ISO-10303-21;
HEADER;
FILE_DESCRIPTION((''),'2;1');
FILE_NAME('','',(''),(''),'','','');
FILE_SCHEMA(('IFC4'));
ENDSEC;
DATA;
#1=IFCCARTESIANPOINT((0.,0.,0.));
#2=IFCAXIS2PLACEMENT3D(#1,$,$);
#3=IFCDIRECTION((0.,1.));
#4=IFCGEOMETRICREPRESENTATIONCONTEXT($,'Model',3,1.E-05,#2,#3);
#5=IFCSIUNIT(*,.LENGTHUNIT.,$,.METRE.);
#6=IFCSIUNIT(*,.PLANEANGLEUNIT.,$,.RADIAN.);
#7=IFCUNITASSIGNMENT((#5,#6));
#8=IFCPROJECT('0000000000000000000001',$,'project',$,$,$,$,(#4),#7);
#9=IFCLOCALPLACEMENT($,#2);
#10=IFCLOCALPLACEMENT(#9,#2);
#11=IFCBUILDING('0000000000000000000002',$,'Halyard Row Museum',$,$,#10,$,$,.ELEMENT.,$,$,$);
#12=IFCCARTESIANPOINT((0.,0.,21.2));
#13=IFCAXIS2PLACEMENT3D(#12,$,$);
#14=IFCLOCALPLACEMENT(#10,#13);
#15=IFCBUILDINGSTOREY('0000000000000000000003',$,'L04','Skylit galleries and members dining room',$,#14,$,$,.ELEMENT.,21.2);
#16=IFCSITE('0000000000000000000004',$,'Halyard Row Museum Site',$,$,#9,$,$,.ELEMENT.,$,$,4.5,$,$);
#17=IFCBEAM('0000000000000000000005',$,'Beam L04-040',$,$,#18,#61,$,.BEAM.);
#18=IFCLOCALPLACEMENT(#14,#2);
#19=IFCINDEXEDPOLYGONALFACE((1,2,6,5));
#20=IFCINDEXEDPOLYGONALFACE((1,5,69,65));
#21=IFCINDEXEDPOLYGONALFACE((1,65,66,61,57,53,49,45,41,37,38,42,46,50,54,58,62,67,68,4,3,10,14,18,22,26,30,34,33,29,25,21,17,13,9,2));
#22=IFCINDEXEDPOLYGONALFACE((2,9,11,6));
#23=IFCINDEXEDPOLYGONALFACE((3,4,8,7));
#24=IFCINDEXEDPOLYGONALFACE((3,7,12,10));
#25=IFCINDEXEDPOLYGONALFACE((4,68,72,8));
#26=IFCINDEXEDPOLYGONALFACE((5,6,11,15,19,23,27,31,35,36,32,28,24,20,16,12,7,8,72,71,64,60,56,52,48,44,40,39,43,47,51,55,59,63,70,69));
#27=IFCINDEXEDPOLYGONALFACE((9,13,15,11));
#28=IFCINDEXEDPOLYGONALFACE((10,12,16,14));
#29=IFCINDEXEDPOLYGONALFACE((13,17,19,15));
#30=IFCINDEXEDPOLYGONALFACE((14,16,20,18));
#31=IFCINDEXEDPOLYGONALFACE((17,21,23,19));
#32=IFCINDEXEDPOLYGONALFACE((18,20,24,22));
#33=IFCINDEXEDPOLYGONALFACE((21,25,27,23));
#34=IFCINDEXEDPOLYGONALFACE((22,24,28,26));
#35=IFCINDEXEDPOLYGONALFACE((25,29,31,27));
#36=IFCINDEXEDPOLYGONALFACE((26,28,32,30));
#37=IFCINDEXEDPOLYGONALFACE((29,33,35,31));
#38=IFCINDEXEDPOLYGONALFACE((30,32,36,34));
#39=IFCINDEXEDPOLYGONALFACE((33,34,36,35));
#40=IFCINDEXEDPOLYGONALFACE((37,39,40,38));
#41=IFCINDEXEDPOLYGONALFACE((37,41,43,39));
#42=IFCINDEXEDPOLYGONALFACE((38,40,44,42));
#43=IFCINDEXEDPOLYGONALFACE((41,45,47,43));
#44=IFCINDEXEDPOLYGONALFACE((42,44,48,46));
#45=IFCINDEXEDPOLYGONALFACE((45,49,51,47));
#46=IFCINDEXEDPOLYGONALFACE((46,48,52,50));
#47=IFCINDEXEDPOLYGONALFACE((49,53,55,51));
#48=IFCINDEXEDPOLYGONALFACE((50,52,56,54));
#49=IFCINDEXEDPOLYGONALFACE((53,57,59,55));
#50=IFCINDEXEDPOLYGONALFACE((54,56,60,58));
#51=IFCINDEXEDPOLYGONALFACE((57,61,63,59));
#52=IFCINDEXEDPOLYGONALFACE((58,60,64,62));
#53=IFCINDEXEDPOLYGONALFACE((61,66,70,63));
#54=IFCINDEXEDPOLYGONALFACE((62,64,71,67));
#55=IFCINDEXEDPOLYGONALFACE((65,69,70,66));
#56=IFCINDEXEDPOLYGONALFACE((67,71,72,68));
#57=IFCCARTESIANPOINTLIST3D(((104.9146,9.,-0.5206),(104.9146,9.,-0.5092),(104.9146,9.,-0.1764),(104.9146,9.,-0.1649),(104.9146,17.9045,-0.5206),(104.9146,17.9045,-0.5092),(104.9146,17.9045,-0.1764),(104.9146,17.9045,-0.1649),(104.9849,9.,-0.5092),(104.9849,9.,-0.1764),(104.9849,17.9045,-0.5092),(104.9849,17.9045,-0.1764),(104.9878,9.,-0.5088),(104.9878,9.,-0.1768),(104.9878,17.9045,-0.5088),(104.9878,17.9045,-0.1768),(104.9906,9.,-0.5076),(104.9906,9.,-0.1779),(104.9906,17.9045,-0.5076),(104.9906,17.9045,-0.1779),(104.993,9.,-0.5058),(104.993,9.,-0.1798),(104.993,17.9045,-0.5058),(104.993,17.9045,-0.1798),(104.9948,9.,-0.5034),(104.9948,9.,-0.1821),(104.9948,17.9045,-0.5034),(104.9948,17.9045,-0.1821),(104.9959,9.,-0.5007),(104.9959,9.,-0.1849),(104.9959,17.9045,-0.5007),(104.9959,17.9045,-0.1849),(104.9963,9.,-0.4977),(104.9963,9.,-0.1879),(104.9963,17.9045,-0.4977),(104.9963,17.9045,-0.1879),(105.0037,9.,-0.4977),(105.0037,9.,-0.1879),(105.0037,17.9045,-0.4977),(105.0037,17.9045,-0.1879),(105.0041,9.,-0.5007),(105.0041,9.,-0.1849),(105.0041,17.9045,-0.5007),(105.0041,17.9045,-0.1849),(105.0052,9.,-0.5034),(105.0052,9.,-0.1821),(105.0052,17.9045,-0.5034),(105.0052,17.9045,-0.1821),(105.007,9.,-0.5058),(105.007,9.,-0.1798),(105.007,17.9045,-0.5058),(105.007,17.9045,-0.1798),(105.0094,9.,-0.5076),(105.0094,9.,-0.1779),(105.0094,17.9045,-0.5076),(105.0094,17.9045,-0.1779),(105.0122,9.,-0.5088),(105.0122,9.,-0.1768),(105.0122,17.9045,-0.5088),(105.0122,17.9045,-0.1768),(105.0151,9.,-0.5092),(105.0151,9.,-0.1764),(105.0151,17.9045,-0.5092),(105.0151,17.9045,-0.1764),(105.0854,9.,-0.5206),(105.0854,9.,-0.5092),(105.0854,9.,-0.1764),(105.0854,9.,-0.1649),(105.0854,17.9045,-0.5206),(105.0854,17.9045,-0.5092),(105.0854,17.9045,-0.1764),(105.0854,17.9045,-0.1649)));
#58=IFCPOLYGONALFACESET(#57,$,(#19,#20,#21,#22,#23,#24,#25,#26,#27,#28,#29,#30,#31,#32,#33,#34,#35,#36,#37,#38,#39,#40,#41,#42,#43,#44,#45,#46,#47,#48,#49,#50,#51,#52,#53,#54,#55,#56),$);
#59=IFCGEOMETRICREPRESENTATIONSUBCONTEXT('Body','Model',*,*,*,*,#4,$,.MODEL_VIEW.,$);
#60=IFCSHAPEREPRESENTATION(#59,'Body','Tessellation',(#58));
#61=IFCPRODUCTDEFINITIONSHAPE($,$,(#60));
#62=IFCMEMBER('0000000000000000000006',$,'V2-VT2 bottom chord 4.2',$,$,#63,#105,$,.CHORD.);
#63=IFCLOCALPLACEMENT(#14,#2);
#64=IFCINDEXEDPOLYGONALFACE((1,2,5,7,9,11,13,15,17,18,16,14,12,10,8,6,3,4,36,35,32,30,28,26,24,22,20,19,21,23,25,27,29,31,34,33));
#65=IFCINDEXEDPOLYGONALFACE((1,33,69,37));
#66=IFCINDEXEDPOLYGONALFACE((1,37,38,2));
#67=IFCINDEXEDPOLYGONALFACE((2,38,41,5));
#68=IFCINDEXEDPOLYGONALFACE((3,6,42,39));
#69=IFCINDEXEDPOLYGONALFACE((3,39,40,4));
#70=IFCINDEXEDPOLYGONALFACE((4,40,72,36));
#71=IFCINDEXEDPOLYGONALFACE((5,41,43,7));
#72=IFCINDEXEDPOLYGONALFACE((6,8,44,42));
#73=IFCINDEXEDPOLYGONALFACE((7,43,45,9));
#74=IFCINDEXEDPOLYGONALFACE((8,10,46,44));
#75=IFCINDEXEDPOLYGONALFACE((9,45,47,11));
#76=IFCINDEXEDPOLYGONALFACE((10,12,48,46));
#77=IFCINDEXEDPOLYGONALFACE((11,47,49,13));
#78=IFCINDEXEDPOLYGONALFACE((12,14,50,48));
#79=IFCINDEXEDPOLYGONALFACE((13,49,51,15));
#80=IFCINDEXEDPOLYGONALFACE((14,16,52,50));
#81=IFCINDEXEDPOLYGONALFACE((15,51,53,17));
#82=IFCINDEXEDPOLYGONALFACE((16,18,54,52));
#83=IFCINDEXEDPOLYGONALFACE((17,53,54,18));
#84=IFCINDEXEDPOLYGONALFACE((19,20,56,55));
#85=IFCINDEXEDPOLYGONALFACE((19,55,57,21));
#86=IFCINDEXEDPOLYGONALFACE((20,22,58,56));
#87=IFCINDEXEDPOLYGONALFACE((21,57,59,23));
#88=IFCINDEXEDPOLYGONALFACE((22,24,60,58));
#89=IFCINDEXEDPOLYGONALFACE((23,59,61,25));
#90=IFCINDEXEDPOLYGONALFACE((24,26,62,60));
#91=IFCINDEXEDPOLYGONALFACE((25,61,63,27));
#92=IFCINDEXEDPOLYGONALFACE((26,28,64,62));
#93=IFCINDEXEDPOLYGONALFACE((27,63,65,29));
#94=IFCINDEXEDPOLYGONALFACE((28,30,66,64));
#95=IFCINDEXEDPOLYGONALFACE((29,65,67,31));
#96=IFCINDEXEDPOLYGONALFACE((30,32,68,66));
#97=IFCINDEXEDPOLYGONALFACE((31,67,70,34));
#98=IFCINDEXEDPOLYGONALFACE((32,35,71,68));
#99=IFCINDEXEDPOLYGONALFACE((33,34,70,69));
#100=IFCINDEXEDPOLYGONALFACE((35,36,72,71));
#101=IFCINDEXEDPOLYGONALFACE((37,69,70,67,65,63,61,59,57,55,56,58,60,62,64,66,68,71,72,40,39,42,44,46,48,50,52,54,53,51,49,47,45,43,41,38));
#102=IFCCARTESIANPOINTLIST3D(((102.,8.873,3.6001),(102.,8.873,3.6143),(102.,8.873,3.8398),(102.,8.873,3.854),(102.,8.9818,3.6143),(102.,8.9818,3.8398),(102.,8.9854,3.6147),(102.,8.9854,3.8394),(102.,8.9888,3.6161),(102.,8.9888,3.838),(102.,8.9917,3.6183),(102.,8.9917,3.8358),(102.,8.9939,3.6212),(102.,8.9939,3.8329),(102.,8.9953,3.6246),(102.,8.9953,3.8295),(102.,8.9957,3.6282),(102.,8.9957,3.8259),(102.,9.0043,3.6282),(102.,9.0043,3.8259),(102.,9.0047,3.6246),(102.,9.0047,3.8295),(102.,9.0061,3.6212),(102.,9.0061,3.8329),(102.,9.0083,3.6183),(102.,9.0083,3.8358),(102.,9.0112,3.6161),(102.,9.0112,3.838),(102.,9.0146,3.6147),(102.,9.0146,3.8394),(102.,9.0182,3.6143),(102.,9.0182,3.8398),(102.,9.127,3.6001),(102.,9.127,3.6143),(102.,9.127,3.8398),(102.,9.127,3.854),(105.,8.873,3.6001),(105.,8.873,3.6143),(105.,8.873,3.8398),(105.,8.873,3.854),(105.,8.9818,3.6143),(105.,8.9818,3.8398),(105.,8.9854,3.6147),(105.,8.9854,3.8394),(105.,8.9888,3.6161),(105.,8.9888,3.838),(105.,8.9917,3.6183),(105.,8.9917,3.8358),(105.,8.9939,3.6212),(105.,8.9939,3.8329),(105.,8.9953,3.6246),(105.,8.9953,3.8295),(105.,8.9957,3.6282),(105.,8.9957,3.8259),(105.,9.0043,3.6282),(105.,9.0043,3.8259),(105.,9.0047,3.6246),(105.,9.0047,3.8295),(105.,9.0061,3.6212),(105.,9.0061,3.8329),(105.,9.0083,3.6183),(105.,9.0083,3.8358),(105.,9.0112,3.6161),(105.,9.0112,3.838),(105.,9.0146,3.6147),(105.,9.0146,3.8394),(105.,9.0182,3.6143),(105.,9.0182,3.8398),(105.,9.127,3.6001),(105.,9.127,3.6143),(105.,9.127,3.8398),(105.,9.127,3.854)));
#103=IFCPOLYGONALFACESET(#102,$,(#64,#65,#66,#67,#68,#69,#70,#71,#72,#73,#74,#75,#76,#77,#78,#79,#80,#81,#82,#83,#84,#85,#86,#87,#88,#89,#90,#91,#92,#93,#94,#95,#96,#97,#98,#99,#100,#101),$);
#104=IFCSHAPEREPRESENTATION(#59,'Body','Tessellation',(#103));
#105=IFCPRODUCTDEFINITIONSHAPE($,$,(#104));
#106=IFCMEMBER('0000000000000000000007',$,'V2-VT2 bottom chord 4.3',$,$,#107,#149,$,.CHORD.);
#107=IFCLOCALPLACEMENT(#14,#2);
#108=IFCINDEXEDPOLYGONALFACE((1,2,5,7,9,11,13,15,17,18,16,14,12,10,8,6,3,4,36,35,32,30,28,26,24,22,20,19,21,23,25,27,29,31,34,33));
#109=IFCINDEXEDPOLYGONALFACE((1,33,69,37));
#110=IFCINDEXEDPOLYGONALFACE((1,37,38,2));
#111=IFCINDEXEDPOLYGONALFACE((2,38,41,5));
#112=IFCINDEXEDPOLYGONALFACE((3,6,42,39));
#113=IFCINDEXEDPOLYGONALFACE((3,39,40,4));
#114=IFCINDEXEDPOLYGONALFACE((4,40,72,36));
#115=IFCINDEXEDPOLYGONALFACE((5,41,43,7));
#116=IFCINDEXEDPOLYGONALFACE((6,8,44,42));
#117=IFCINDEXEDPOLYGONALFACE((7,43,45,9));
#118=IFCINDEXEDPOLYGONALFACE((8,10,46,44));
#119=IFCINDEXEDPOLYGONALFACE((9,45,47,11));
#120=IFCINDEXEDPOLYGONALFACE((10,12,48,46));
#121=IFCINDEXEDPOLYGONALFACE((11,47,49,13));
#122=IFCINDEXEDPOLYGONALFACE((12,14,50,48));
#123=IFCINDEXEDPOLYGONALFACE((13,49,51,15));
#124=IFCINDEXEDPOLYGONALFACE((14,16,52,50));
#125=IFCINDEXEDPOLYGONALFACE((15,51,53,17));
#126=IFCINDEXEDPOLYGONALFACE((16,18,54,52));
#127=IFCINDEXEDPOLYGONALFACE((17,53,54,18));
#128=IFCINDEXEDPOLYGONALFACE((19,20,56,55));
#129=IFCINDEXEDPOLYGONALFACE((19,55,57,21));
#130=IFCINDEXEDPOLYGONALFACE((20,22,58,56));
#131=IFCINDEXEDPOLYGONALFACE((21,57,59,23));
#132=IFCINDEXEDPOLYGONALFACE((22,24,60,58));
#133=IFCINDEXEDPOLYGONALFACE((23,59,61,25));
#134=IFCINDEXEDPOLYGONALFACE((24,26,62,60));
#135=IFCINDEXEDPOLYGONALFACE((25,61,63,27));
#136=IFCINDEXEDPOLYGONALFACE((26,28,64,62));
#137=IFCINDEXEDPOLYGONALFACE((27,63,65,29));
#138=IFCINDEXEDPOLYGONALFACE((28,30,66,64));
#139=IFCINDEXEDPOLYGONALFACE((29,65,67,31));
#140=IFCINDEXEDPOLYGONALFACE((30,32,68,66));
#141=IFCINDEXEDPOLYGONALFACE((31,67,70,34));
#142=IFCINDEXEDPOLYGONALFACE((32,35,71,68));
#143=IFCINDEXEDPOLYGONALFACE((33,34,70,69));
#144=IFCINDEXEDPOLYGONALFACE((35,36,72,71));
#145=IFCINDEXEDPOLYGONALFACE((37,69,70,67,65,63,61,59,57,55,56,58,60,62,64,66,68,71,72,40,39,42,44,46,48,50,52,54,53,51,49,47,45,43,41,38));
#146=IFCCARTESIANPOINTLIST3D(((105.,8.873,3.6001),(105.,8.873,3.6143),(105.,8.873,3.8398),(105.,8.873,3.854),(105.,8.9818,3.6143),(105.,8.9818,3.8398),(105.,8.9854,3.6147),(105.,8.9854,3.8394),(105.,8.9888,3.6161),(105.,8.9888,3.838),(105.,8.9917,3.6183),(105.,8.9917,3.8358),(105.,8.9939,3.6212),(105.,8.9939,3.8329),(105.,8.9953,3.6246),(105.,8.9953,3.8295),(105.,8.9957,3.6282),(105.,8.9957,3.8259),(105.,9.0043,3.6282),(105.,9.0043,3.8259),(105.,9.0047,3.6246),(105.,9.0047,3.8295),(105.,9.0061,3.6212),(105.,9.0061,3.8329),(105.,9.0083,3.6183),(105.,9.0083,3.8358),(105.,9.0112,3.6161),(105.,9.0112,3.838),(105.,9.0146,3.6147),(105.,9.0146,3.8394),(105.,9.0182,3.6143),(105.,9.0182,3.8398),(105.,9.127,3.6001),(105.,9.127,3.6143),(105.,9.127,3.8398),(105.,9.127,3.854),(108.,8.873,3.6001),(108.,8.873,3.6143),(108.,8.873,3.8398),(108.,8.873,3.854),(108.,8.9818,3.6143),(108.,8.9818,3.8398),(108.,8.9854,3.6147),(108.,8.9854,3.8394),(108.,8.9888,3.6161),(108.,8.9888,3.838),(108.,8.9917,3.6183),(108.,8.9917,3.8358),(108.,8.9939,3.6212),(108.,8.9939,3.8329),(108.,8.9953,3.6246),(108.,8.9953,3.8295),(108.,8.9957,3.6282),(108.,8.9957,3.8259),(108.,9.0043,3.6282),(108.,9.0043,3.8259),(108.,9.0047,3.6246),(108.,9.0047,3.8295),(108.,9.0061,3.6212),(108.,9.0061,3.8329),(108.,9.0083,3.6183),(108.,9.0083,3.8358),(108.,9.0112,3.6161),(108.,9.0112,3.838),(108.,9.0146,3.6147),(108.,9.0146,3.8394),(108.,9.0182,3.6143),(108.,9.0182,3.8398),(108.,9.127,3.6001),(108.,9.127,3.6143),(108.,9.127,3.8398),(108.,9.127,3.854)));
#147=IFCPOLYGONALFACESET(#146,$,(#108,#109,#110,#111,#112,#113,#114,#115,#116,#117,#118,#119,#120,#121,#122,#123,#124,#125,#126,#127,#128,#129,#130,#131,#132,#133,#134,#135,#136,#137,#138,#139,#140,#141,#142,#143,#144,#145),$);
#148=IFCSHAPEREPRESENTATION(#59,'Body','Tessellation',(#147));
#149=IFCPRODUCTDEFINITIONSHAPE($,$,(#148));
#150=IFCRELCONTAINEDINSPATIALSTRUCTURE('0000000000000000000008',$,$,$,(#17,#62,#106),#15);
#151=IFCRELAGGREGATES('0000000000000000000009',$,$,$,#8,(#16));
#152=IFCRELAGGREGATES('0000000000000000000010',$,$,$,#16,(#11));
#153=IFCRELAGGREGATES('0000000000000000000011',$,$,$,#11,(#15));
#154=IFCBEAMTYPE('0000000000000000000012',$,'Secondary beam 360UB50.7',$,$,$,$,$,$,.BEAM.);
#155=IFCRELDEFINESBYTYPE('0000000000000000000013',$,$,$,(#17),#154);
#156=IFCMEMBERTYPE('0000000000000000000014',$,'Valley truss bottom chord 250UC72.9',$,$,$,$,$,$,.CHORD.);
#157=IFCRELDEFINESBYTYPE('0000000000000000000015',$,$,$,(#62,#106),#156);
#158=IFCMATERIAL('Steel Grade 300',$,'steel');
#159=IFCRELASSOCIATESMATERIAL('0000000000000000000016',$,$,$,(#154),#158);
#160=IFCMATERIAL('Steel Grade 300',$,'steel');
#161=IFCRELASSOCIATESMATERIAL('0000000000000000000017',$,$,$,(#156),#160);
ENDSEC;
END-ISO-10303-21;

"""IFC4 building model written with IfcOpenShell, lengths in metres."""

from ifc_helpers import new_model, si_unit, direction, frame, origin, origin_2d, place, context, subcontext, project, spatial, i_section, extrude, material, material_profile, profile_set, type_object, element, save


model = new_model("IFC4")

# Units and contexts
model_context = context("Model", 3, precision=1e-05, world=origin(), true_north=direction((0.0, 1.0)))
body_context = subcontext(model_context, "Body", "Model", "MODEL_VIEW")
ifc_project = project(units=[si_unit("LENGTHUNIT", "METRE"), si_unit("PLANEANGLEUNIT", "RADIAN")], contexts=[model_context])

# Site, building, storey
site_placement = place(None, origin())
site = spatial("IfcSite", under=ifc_project, at=site_placement, Name="Halyard Row Museum Site", CompositionType="ELEMENT", RefElevation=4.5)
building_placement = place(site_placement, origin())
building = spatial("IfcBuilding", under=site, at=building_placement, Name="Halyard Row Museum", CompositionType="ELEMENT")
storey_placement = place(building_placement, frame((0.0, 0.0, 21.2)))
storey = spatial("IfcBuildingStorey", under=building, at=storey_placement, Name="L04", Description="Skylit galleries and members dining room", CompositionType="ELEMENT", Elevation=21.2)

# Beam
ifc_material_1 = material(Name="Steel Grade 300", Category="steel")
ifc_material_profile_1 = material_profile(ifc_material_1, i_section(OverallWidth=0.1709, OverallDepth=0.3557, WebThickness=0.0073, FlangeThickness=0.0115, FilletRadius=0.0115, at=origin_2d()), Name="360UB50.7")
ifc_profile_set_1 = profile_set([ifc_material_profile_1], Name="Steel Grade 300")
beam_type_1 = type_object("IfcBeamType", Name="Secondary beam 360UB50.7", PredefinedType="BEAM", material=ifc_profile_set_1)
beam_1_placement = place(storey_placement, frame((105.0, 9.0, -0.3428), z_axis=(0.0, 1.0, 0.0), x_axis=(-1.0, 0.0, 0.0)))
element("IfcBeam", 1, at=beam_1_placement, inside=storey, type_object=beam_type_1, Name="Beam L04-040", PredefinedType="BEAM", context=body_context, shape_type="SweptSolid", body=[
    extrude(i_section(OverallWidth=0.1709, OverallDepth=0.3557, WebThickness=0.0073, FlangeThickness=0.0115, FilletRadius=0.0115, at=origin_2d()), origin(), (0.0, 0.0, 1.0), 8.9045),
])

# Members
ifc_material_2 = material(Name="Steel Grade 300", Category="steel")
ifc_material_profile_2 = material_profile(ifc_material_2, i_section(OverallWidth=0.2539, OverallDepth=0.2539, WebThickness=0.0085, FlangeThickness=0.0142, FilletRadius=0.0139, at=origin_2d()), Name="250UC72.9")
ifc_profile_set_2 = profile_set([ifc_material_profile_2], Name="Steel Grade 300")
member_type_1 = type_object("IfcMemberType", Name="Valley truss bottom chord 250UC72.9", PredefinedType="CHORD", material=ifc_profile_set_2)
for number, where, z_axis, x_axis, name in (
    (2, (102.0, 9.0, 3.7271), (1.0, 0.0, 0.0), (0.0, 1.0, 0.0), "V2-VT2 bottom chord 4.2"),
    (3, (105.0, 9.0, 3.7271), (1.0, 0.0, 0.0), (0.0, 1.0, 0.0), "V2-VT2 bottom chord 4.3"),
):
    element("IfcMember", number, at=place(storey_placement, frame(where, z_axis=z_axis, x_axis=x_axis)), inside=storey, type_object=member_type_1, Name=name, PredefinedType="CHORD", context=body_context, shape_type="SweptSolid", body=[
        extrude(i_section(OverallWidth=0.2539, OverallDepth=0.2539, WebThickness=0.0085, FlangeThickness=0.0142, FilletRadius=0.0139, at=origin_2d()), origin(), (0.0, 0.0, 1.0), 3.0),
    ])

save(model, "model.ifc")
